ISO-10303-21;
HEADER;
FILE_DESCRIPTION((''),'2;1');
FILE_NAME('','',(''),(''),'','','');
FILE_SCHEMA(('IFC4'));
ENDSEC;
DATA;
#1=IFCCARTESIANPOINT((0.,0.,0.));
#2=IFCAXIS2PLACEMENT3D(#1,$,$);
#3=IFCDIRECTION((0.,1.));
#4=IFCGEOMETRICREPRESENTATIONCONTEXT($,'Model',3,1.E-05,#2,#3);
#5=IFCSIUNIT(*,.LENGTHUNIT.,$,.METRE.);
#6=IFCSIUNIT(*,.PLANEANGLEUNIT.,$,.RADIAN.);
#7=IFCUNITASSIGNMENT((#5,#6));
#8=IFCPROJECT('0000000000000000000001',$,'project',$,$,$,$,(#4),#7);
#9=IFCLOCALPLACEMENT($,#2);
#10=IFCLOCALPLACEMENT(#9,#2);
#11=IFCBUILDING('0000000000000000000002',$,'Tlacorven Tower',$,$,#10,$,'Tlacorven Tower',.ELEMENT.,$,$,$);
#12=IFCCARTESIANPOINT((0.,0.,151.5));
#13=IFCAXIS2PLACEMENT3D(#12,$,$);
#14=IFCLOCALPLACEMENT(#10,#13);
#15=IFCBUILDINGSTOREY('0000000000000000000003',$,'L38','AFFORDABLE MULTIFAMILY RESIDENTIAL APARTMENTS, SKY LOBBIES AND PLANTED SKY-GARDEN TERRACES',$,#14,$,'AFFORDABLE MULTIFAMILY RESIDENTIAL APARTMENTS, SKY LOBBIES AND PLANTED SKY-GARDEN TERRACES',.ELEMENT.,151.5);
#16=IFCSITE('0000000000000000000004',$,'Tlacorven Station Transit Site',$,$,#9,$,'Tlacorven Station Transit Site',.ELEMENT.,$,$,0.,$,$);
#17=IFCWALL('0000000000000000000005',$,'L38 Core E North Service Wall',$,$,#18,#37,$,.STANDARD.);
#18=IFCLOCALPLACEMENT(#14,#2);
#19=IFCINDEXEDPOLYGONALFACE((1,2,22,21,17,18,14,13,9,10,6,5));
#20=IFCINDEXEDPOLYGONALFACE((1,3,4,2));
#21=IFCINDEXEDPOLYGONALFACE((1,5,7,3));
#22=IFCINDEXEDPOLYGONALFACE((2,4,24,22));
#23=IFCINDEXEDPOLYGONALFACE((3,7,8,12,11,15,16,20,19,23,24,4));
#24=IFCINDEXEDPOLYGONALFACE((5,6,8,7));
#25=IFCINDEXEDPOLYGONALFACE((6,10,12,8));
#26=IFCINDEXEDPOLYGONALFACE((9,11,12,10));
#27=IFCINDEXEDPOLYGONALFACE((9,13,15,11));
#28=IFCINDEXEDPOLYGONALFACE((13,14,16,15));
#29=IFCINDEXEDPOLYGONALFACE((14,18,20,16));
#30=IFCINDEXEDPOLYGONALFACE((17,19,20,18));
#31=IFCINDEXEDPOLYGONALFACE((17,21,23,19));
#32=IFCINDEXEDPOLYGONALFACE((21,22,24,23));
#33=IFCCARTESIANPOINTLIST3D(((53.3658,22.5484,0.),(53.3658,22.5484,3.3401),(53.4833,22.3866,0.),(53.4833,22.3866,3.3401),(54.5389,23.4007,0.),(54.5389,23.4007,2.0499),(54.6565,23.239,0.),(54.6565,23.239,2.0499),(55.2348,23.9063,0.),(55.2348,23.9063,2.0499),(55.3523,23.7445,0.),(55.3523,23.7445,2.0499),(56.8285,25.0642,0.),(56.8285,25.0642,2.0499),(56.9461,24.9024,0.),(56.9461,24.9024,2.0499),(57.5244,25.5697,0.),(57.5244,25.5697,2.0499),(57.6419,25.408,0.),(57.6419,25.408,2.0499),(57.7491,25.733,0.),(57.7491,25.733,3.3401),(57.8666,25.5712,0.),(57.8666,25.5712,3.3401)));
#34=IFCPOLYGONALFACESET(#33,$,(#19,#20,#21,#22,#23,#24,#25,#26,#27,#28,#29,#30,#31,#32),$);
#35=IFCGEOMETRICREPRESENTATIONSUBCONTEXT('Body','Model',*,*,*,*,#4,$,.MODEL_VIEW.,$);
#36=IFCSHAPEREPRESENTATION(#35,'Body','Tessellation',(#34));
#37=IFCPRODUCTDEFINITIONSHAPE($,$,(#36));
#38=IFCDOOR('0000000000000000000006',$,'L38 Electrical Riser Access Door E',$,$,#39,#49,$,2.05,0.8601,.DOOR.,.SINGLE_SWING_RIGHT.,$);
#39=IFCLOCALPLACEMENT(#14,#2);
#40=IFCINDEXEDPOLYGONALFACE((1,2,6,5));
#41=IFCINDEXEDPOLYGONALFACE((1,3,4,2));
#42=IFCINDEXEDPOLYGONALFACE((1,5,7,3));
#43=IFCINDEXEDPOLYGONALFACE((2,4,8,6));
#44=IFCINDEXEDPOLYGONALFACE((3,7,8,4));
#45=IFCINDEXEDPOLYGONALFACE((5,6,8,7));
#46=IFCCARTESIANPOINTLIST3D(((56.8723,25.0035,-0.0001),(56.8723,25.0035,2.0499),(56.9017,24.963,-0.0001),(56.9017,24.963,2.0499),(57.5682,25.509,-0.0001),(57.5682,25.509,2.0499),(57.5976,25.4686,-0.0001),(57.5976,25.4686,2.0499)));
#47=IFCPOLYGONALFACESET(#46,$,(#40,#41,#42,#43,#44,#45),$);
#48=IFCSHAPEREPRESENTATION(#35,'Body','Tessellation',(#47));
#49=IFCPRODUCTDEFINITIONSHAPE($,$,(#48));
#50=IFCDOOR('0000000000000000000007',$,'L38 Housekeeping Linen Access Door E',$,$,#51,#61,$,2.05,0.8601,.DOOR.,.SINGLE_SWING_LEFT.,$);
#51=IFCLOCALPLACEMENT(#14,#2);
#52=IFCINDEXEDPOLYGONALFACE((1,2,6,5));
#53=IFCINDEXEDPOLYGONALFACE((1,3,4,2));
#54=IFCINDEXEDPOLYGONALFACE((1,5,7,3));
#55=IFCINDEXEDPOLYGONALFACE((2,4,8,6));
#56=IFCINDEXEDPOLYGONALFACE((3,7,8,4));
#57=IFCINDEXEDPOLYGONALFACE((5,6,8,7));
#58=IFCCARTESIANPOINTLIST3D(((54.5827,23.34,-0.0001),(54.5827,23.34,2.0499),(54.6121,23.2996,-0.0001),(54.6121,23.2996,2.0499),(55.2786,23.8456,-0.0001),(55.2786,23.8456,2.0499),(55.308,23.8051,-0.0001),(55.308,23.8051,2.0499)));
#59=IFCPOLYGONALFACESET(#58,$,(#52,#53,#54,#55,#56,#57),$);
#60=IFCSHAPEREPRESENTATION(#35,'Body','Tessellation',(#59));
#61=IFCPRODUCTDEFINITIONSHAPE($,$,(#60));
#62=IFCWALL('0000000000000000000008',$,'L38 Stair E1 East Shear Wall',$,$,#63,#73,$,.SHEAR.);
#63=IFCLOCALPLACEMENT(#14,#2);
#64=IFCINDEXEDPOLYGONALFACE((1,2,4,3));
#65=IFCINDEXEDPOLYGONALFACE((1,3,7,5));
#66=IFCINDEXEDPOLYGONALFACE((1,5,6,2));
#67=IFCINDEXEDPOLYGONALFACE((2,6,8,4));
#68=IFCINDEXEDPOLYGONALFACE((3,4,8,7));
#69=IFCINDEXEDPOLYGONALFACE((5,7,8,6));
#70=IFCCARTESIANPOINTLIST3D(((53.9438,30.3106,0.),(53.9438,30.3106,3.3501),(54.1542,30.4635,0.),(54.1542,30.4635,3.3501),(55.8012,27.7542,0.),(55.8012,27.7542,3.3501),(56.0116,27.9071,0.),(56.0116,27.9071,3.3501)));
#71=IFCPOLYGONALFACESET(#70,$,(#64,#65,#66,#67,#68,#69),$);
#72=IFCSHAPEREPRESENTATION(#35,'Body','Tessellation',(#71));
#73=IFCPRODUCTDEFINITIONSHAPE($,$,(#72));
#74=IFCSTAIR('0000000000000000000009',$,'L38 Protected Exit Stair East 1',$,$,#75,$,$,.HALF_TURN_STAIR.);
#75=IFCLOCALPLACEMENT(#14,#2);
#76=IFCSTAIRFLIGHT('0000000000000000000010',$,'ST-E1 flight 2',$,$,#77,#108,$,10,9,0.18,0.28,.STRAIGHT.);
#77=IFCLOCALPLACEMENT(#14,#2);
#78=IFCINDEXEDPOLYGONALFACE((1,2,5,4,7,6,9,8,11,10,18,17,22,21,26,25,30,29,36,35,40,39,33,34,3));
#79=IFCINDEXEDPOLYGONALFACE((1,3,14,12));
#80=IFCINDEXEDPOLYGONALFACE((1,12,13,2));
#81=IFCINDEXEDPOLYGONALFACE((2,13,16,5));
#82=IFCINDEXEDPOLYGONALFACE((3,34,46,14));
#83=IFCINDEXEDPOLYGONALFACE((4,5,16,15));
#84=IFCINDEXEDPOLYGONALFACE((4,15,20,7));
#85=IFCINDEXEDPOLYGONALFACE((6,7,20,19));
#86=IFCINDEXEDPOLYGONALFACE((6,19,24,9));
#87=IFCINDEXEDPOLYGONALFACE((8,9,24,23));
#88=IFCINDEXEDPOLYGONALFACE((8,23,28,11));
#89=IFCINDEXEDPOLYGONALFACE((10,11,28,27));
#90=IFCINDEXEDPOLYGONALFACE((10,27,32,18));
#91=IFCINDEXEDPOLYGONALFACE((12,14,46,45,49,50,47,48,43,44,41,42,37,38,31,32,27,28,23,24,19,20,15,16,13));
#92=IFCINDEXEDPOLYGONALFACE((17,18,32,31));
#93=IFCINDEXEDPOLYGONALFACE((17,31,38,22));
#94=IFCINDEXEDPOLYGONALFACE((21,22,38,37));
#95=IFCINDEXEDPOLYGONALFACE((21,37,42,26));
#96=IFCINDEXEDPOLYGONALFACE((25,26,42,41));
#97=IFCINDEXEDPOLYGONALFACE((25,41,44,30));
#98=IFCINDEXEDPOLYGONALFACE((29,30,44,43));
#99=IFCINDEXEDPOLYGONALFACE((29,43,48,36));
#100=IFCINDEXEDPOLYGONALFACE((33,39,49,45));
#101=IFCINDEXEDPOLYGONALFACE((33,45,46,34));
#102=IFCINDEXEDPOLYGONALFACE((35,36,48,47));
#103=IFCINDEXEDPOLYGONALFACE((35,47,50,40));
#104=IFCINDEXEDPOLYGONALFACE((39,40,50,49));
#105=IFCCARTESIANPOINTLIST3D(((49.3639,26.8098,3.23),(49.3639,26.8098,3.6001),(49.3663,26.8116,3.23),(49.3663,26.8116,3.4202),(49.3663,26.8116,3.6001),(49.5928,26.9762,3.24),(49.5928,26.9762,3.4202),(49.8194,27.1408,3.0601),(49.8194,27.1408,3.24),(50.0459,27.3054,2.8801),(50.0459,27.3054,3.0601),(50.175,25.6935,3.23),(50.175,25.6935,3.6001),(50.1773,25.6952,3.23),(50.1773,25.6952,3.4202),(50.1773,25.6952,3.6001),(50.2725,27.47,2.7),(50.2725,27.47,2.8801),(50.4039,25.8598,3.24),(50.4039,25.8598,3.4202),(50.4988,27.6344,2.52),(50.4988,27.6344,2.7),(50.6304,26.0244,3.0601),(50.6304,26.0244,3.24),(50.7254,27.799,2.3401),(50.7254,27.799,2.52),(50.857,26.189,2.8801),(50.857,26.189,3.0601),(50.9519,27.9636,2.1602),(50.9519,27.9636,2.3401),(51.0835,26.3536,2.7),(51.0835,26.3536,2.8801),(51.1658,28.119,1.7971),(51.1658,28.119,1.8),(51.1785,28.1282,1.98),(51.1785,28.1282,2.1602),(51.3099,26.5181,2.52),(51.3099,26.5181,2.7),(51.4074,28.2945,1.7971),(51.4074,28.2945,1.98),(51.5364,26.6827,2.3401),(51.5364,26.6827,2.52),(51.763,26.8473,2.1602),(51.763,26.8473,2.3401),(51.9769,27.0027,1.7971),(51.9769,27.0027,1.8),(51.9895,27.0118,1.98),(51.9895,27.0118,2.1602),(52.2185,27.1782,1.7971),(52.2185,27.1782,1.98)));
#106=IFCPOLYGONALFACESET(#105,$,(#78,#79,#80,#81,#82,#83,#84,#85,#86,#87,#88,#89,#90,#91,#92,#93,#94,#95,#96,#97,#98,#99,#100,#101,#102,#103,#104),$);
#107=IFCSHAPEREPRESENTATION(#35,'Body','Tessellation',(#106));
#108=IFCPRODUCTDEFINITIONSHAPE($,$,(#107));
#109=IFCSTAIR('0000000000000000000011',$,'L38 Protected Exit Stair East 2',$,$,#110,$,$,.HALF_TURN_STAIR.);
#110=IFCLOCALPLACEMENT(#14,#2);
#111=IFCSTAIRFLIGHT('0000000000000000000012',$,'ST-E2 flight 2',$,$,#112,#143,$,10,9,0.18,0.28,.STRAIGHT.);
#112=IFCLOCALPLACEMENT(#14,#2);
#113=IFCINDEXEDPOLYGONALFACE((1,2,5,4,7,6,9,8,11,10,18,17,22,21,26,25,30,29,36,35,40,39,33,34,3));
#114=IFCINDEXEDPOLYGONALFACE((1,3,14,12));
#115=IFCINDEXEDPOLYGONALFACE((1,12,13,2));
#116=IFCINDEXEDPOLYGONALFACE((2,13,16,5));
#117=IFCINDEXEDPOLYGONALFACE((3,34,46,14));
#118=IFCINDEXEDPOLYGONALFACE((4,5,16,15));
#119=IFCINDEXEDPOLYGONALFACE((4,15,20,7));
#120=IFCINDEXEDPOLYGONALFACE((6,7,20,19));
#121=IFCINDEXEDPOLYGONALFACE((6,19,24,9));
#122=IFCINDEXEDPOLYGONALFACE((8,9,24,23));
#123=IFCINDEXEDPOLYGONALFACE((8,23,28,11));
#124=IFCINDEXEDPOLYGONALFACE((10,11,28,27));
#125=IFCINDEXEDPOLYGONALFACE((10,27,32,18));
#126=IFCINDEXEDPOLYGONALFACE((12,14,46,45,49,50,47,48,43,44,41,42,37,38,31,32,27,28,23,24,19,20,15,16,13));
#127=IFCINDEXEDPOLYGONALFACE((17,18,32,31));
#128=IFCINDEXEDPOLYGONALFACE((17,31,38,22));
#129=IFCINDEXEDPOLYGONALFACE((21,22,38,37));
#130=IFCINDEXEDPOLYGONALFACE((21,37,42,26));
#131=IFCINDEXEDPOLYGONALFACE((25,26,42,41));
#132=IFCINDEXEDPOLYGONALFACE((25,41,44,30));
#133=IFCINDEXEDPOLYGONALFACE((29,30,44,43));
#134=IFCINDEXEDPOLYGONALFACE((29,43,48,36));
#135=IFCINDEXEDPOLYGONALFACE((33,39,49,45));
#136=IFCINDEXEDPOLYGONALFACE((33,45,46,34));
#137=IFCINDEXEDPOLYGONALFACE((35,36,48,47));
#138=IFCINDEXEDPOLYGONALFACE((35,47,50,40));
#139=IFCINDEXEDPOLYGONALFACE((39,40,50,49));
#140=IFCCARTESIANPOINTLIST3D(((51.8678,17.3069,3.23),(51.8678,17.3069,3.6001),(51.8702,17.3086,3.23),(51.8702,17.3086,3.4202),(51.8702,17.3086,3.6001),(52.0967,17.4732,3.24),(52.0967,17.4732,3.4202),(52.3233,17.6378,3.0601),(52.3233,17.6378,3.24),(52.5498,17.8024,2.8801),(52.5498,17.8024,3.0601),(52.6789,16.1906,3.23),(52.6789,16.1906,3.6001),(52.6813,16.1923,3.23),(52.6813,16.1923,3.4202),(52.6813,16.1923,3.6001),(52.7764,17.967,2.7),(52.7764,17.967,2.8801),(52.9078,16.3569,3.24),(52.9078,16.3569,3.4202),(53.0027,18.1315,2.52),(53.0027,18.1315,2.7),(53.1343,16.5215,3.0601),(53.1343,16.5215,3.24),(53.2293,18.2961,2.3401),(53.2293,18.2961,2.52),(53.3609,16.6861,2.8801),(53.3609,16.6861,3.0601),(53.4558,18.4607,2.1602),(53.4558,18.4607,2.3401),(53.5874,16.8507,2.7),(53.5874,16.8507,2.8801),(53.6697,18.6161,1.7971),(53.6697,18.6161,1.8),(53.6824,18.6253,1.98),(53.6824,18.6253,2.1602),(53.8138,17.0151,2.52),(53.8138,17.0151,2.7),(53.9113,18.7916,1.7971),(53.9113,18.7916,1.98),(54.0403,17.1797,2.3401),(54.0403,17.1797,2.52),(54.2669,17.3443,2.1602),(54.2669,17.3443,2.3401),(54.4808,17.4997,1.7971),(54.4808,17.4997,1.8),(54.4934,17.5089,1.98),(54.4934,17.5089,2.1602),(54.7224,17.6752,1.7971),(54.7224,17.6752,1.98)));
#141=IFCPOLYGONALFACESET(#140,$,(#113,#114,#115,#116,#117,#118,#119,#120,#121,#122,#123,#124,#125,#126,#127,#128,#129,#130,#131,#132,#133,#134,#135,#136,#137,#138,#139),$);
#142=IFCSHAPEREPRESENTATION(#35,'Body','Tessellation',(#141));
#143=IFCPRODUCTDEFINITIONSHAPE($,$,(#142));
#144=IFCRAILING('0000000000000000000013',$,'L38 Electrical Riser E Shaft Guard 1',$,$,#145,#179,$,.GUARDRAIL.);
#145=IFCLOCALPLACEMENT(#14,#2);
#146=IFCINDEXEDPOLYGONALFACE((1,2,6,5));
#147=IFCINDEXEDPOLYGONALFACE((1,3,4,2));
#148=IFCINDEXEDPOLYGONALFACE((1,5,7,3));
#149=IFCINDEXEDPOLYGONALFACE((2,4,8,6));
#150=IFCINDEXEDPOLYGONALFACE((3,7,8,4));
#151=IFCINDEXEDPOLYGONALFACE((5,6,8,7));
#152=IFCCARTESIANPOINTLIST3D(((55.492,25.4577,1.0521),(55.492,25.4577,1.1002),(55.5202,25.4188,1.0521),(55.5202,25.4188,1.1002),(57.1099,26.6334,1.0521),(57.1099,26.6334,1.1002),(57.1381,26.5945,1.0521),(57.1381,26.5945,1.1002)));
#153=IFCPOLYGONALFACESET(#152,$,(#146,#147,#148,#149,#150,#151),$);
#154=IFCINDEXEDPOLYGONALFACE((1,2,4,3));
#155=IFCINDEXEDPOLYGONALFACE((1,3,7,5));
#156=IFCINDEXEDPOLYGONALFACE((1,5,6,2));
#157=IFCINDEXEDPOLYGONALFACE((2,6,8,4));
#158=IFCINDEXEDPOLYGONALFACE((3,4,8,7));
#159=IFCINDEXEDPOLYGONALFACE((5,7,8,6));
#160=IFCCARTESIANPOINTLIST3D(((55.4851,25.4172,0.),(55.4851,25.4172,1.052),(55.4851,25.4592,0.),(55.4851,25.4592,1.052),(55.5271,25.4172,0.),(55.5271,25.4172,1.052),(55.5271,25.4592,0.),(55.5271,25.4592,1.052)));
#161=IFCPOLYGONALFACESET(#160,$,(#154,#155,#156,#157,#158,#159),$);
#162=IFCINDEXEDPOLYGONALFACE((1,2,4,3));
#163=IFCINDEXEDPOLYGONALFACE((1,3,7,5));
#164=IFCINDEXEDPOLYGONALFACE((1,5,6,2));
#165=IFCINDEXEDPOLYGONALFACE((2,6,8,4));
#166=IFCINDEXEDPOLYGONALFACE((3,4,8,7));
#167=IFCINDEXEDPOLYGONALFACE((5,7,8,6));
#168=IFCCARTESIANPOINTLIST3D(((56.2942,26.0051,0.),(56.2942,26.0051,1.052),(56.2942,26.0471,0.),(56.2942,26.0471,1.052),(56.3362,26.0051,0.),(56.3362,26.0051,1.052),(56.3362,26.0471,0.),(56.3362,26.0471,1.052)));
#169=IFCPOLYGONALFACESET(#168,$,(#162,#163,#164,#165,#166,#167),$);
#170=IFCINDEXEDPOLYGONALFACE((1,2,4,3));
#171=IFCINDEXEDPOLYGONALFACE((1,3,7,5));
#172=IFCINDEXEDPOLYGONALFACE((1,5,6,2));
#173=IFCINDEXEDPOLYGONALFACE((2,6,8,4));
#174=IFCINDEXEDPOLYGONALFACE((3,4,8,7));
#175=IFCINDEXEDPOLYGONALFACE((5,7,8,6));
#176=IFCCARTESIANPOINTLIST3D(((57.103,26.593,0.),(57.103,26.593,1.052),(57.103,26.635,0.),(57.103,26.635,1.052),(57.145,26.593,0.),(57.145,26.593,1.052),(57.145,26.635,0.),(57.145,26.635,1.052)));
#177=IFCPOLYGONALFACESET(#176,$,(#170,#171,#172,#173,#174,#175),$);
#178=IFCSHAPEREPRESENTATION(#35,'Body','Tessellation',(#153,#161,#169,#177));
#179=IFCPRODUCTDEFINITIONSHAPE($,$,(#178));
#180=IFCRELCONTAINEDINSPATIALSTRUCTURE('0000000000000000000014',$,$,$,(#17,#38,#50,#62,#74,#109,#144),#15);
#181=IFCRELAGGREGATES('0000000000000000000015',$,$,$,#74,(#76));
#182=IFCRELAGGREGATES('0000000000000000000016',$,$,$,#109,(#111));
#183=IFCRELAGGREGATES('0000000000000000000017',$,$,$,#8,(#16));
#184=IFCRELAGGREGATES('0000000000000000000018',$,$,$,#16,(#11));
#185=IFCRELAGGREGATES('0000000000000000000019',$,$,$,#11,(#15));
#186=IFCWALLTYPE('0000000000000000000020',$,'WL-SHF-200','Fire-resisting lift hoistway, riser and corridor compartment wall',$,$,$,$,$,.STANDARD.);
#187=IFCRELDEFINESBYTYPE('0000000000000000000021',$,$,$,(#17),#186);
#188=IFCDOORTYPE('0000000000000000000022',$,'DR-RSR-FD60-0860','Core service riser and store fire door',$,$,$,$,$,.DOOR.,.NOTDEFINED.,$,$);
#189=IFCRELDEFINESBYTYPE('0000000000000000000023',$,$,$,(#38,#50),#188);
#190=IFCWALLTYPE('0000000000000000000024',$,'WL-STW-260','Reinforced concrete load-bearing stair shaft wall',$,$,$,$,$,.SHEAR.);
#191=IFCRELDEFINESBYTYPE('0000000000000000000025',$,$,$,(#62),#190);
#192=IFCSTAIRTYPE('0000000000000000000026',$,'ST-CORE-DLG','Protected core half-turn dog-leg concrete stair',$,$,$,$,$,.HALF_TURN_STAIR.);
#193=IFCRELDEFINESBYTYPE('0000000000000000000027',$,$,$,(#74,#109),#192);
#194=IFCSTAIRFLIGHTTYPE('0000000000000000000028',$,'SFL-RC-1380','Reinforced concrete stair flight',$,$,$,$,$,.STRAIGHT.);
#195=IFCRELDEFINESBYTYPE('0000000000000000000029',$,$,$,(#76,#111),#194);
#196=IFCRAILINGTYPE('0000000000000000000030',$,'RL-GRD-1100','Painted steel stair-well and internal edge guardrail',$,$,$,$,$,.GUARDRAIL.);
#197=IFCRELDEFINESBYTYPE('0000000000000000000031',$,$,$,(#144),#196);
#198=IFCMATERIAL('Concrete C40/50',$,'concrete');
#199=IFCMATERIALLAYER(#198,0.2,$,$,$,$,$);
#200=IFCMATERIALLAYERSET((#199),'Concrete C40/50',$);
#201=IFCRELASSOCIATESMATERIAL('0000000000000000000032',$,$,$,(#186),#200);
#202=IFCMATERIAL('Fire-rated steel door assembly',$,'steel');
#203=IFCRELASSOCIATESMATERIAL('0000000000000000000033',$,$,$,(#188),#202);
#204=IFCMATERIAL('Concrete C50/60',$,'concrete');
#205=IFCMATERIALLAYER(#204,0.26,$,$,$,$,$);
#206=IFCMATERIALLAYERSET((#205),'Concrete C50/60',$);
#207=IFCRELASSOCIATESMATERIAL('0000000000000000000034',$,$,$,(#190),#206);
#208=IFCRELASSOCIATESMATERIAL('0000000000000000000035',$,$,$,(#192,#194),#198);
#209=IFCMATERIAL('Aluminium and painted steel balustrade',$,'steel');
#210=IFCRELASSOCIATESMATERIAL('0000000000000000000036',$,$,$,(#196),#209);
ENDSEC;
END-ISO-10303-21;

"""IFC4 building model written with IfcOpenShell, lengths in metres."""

from ifc_helpers import new_model, si_unit, direction, frame, frame_2d, origin, origin_2d, place, context, subcontext, project, spatial, polyline, rectangle, outline, extrude, source, transform, mapped, material, layer, layer_set, type_object, element, fill, aggregate, save


model = new_model("IFC4")

# Units and contexts
model_context = context("Model", 3, precision=1e-05, world=origin(), true_north=direction((0.0, 1.0)))
body_context = subcontext(model_context, "Body", "Model", "MODEL_VIEW")
ifc_project = project(units=[si_unit("LENGTHUNIT", "METRE"), si_unit("PLANEANGLEUNIT", "RADIAN")], contexts=[model_context])

# Site, building, storey
site_placement = place(None, origin())
site = spatial("IfcSite", under=ifc_project, at=site_placement, Name="Tlacorven Station Transit Site", LongName="Tlacorven Station Transit Site", CompositionType="ELEMENT", RefElevation=0.0)
building_placement = place(site_placement, origin())
building = spatial("IfcBuilding", under=site, at=building_placement, Name="Tlacorven Tower", LongName="Tlacorven Tower", CompositionType="ELEMENT")
storey_placement = place(building_placement, frame((0.0, 0.0, 151.5)))
storey = spatial("IfcBuildingStorey", under=building, at=storey_placement, Name="L38", Description="AFFORDABLE MULTIFAMILY RESIDENTIAL APARTMENTS, SKY LOBBIES AND PLANTED SKY-GARDEN TERRACES", LongName="AFFORDABLE MULTIFAMILY RESIDENTIAL APARTMENTS, SKY LOBBIES AND PLANTED SKY-GARDEN TERRACES", CompositionType="ELEMENT", Elevation=151.5)

# Shared definitions
ifc_material_1 = material(Name="Fire-rated steel door assembly", Category="steel")

# Shared definitions
ifc_material_2 = material(Name="Concrete C40/50", Category="concrete")
ifc_layer_1 = layer(ifc_material_2, 0.2)
ifc_layer_set_1 = layer_set([ifc_layer_1], Name="Concrete C40/50")
wall_type_1 = type_object("IfcWallType", Name="WL-SHF-200", Description="Fire-resisting lift hoistway, riser and corridor compartment wall", PredefinedType="STANDARD", material=ifc_layer_set_1)
door_type_1 = type_object("IfcDoorType", Name="DR-RSR-FD60-0860", Description="Core service riser and store fire door", OperationType="NOTDEFINED", PredefinedType="DOOR", material=ifc_material_1)
shared_shape_1 = source(origin(), body_context, "Body", "SweptSolid", [
    extrude(rectangle(XDim=0.8601, YDim=2.05, at=frame_2d((0.4302, 1.0249))), frame((0.0, 0.0249, 0.0), z_axis=(0.0, -1.0, 0.0), x_axis=(1.0, 0.0, 0.0)), (0.0, 0.0, 1.0), 0.05),
])

# Wall, openings, doors
wall_1_placement = place(storey_placement, frame((53.4246, 22.4675, 0.0), z_axis=(0.0, 0.0, 1.0), x_axis=(0.809024, 0.587775, 0.0)))
wall_1 = element("IfcWall", 1, at=wall_1_placement, inside=storey, type_object=wall_type_1, Name="L38 Core E North Service Wall", PredefinedType="STANDARD", context=body_context, shape_type="SweptSolid", body=[
    extrude(rectangle(XDim=5.418, YDim=0.2, at=frame_2d((2.709, 0.0))), origin(), (0.0, 0.0, 1.0), 3.3401),
])
opening_1_placement = place(wall_1_placement, frame((4.28, 0.0, 0.0)))
opening_1 = element("IfcOpeningElement", 2, at=opening_1_placement, cuts=wall_1, PredefinedType="OPENING", context=body_context, shape_type="SweptSolid", body=[
    extrude(rectangle(XDim=0.8601, YDim=2.05, at=frame_2d((0.4302, 1.0249))), frame((0.0, 0.1099, 0.0), z_axis=(0.0, -1.0, 0.0), x_axis=(1.0, 0.0, 0.0)), (0.0, 0.0, 1.0), 0.22),
])
opening_2_placement = place(wall_1_placement, frame((1.45, 0.0, 0.0)))
opening_2 = element("IfcOpeningElement", 3, at=opening_2_placement, cuts=wall_1, PredefinedType="OPENING", context=body_context, shape_type="SweptSolid", body=[
    extrude(rectangle(XDim=0.8601, YDim=2.05, at=frame_2d((0.4302, 1.0249))), frame((0.0, 0.1099, 0.0), z_axis=(0.0, -1.0, 0.0), x_axis=(1.0, 0.0, 0.0)), (0.0, 0.0, 1.0), 0.22),
])
door_1_placement = place(opening_1_placement, frame((0.8601, 0.0, 0.0), z_axis=(0.0, 0.0, 1.0), x_axis=(-1.0, 0.0, 0.0)))
door_1 = element("IfcDoor", 4, at=door_1_placement, inside=storey, type_object=door_type_1, Name="L38 Electrical Riser Access Door E", OperationType="SINGLE_SWING_RIGHT", OverallHeight=2.05, OverallWidth=0.8601, PredefinedType="DOOR", context=body_context, shape_type="MappedRepresentation", body=[
    mapped(shared_shape_1, transform((0.0, 0.0, 0.0), scale=1.0)),
])
fill(opening_1, door_1)
door_2_placement = place(opening_2_placement, frame((0.8601, 0.0, 0.0), z_axis=(0.0, 0.0, 1.0), x_axis=(-1.0, 0.0, 0.0)))
door_2 = element("IfcDoor", 5, at=door_2_placement, inside=storey, type_object=door_type_1, Name="L38 Housekeeping Linen Access Door E", OperationType="SINGLE_SWING_LEFT", OverallHeight=2.05, OverallWidth=0.8601, PredefinedType="DOOR", context=body_context, shape_type="MappedRepresentation", body=[
    mapped(shared_shape_1, transform((0.0, 0.0, 0.0), scale=1.0)),
])
fill(opening_2, door_2)

# Wall
ifc_material_3 = material(Name="Concrete C50/60", Category="concrete")
ifc_layer_2 = layer(ifc_material_3, 0.26)
ifc_layer_set_2 = layer_set([ifc_layer_2], Name="Concrete C50/60")
wall_type_2 = type_object("IfcWallType", Name="WL-STW-260", Description="Reinforced concrete load-bearing stair shaft wall", PredefinedType="SHEAR", material=ifc_layer_set_2)
wall_2_placement = place(storey_placement, frame((55.9065, 27.8306, 0.0), z_axis=(0.0, 0.0, 1.0), x_axis=(-0.587804, 0.809003, 0.0)))
element("IfcWall", 6, at=wall_2_placement, inside=storey, type_object=wall_type_2, Name="L38 Stair E1 East Shear Wall", PredefinedType="SHEAR", context=body_context, shape_type="SweptSolid", body=[
    extrude(rectangle(XDim=3.1599, YDim=0.26, at=frame_2d((1.5801, 0.0))), origin(), (0.0, 0.0, 1.0), 3.3501),
])

# Stairs, stair flights
stair_type = type_object("IfcStairType", Name="ST-CORE-DLG", Description="Protected core half-turn dog-leg concrete stair", PredefinedType="HALF_TURN_STAIR", material=ifc_material_2)
stair_1_placement = place(storey_placement, origin())
stair_1 = element("IfcStair", 7, at=stair_1_placement, inside=storey, type_object=stair_type, Name="L38 Protected Exit Stair East 1", PredefinedType="HALF_TURN_STAIR")
stair_flight_type = type_object("IfcStairFlightType", Name="SFL-RC-1380", Description="Reinforced concrete stair flight", PredefinedType="STRAIGHT", material=ifc_material_2)
shared_shape_2 = source(origin(), body_context, "Body", "SweptSolid", [
    extrude(outline(polyline([(-0.0029, -0.0029), (-0.0029, 0.1799), (0.28, 0.1799), (0.28, 0.3601), (0.5601, 0.3601), (0.5601, 0.54), (0.8401, 0.54), (0.8401, 0.72), (1.1201, 0.72), (1.1201, 0.8999), (1.3999, 0.8999), (1.3999, 1.0801), (1.6799, 1.0801), (1.6799, 1.26), (1.96, 1.26), (1.96, 1.4399), (2.24, 1.4399), (2.24, 1.6201), (2.52, 1.6201), (2.52, 1.8), (2.5229, 1.8), (2.5229, 1.4299), (2.52, 1.4299), (0.2957, 0.0), (0.2957, -0.0029), (-0.0029, -0.0029)])), frame((0.0, 0.6899, 0.0), z_axis=(0.0, -1.0, 0.0), x_axis=(1.0, 0.0, 0.0)), (0.0, 0.0, 1.0), 1.3799),
])
stair_flight_1_placement = place(storey_placement, frame((51.8105, 27.7346, 1.8), z_axis=(0.0, 0.0, 1.0), x_axis=(-0.809017, -0.587785, 0.0)))
stair_flight_1 = element("IfcStairFlight", 8, at=stair_flight_1_placement, type_object=stair_flight_type, Name="ST-E1 flight 2", NumberOfRisers=10, NumberOfTreads=9, PredefinedType="STRAIGHT", RiserHeight=0.18, TreadLength=0.28, context=body_context, shape_type="MappedRepresentation", body=[
    mapped(shared_shape_2, transform((0.0, 0.0, 0.0), scale=1.0)),
])
aggregate(stair_1, [stair_flight_1])
stair_2_placement = place(storey_placement, origin())
stair_2 = element("IfcStair", 9, at=stair_2_placement, inside=storey, type_object=stair_type, Name="L38 Protected Exit Stair East 2", PredefinedType="HALF_TURN_STAIR")
stair_flight_2_placement = place(storey_placement, frame((54.3145, 18.2317, 1.8), z_axis=(0.0, 0.0, 1.0), x_axis=(-0.809017, -0.587785, 0.0)))
stair_flight_2 = element("IfcStairFlight", 10, at=stair_flight_2_placement, type_object=stair_flight_type, Name="ST-E2 flight 2", NumberOfRisers=10, NumberOfTreads=9, PredefinedType="STRAIGHT", RiserHeight=0.18, TreadLength=0.28, context=body_context, shape_type="MappedRepresentation", body=[
    mapped(shared_shape_2, transform((0.0, 0.0, 0.0), scale=1.0)),
])
aggregate(stair_2, [stair_flight_2])

# Railing
ifc_material_4 = material(Name="Aluminium and painted steel balustrade", Category="steel")
railing_type_1 = type_object("IfcRailingType", Name="RL-GRD-1100", Description="Painted steel stair-well and internal edge guardrail", PredefinedType="GUARDRAIL", material=ifc_material_4)
shared_shape_3 = source(origin(), body_context, "Body", "SweptSolid", [
    extrude(rectangle(XDim=0.0481, YDim=0.0481, at=origin_2d()), frame((0.0, 0.0, 1.0762), z_axis=(0.808947, 0.587881, 0.0), x_axis=(-0.587881, 0.808947, 0.0)), (0.0, 0.0, 1.0), 2.0),
    extrude(rectangle(XDim=0.042, YDim=0.042, at=origin_2d()), origin(), (0.0, 0.0, 1.0), 1.052),
    extrude(rectangle(XDim=0.042, YDim=0.042, at=origin_2d()), frame((0.8091, 0.5879, 0.0)), (0.0, 0.0, 1.0), 1.052),
    extrude(rectangle(XDim=0.042, YDim=0.042, at=origin_2d()), frame((1.6179, 1.1758, 0.0)), (0.0, 0.0, 1.0), 1.052),
])
railing_1_placement = place(storey_placement, frame((55.5061, 25.4382, 0.0)))
element("IfcRailing", 11, at=railing_1_placement, inside=storey, type_object=railing_type_1, Name="L38 Electrical Riser E Shaft Guard 1", PredefinedType="GUARDRAIL", context=body_context, shape_type="MappedRepresentation", body=[
    mapped(shared_shape_3, transform((0.0, 0.0, 0.0), scale=1.0)),
])

save(model, "model.ifc")
